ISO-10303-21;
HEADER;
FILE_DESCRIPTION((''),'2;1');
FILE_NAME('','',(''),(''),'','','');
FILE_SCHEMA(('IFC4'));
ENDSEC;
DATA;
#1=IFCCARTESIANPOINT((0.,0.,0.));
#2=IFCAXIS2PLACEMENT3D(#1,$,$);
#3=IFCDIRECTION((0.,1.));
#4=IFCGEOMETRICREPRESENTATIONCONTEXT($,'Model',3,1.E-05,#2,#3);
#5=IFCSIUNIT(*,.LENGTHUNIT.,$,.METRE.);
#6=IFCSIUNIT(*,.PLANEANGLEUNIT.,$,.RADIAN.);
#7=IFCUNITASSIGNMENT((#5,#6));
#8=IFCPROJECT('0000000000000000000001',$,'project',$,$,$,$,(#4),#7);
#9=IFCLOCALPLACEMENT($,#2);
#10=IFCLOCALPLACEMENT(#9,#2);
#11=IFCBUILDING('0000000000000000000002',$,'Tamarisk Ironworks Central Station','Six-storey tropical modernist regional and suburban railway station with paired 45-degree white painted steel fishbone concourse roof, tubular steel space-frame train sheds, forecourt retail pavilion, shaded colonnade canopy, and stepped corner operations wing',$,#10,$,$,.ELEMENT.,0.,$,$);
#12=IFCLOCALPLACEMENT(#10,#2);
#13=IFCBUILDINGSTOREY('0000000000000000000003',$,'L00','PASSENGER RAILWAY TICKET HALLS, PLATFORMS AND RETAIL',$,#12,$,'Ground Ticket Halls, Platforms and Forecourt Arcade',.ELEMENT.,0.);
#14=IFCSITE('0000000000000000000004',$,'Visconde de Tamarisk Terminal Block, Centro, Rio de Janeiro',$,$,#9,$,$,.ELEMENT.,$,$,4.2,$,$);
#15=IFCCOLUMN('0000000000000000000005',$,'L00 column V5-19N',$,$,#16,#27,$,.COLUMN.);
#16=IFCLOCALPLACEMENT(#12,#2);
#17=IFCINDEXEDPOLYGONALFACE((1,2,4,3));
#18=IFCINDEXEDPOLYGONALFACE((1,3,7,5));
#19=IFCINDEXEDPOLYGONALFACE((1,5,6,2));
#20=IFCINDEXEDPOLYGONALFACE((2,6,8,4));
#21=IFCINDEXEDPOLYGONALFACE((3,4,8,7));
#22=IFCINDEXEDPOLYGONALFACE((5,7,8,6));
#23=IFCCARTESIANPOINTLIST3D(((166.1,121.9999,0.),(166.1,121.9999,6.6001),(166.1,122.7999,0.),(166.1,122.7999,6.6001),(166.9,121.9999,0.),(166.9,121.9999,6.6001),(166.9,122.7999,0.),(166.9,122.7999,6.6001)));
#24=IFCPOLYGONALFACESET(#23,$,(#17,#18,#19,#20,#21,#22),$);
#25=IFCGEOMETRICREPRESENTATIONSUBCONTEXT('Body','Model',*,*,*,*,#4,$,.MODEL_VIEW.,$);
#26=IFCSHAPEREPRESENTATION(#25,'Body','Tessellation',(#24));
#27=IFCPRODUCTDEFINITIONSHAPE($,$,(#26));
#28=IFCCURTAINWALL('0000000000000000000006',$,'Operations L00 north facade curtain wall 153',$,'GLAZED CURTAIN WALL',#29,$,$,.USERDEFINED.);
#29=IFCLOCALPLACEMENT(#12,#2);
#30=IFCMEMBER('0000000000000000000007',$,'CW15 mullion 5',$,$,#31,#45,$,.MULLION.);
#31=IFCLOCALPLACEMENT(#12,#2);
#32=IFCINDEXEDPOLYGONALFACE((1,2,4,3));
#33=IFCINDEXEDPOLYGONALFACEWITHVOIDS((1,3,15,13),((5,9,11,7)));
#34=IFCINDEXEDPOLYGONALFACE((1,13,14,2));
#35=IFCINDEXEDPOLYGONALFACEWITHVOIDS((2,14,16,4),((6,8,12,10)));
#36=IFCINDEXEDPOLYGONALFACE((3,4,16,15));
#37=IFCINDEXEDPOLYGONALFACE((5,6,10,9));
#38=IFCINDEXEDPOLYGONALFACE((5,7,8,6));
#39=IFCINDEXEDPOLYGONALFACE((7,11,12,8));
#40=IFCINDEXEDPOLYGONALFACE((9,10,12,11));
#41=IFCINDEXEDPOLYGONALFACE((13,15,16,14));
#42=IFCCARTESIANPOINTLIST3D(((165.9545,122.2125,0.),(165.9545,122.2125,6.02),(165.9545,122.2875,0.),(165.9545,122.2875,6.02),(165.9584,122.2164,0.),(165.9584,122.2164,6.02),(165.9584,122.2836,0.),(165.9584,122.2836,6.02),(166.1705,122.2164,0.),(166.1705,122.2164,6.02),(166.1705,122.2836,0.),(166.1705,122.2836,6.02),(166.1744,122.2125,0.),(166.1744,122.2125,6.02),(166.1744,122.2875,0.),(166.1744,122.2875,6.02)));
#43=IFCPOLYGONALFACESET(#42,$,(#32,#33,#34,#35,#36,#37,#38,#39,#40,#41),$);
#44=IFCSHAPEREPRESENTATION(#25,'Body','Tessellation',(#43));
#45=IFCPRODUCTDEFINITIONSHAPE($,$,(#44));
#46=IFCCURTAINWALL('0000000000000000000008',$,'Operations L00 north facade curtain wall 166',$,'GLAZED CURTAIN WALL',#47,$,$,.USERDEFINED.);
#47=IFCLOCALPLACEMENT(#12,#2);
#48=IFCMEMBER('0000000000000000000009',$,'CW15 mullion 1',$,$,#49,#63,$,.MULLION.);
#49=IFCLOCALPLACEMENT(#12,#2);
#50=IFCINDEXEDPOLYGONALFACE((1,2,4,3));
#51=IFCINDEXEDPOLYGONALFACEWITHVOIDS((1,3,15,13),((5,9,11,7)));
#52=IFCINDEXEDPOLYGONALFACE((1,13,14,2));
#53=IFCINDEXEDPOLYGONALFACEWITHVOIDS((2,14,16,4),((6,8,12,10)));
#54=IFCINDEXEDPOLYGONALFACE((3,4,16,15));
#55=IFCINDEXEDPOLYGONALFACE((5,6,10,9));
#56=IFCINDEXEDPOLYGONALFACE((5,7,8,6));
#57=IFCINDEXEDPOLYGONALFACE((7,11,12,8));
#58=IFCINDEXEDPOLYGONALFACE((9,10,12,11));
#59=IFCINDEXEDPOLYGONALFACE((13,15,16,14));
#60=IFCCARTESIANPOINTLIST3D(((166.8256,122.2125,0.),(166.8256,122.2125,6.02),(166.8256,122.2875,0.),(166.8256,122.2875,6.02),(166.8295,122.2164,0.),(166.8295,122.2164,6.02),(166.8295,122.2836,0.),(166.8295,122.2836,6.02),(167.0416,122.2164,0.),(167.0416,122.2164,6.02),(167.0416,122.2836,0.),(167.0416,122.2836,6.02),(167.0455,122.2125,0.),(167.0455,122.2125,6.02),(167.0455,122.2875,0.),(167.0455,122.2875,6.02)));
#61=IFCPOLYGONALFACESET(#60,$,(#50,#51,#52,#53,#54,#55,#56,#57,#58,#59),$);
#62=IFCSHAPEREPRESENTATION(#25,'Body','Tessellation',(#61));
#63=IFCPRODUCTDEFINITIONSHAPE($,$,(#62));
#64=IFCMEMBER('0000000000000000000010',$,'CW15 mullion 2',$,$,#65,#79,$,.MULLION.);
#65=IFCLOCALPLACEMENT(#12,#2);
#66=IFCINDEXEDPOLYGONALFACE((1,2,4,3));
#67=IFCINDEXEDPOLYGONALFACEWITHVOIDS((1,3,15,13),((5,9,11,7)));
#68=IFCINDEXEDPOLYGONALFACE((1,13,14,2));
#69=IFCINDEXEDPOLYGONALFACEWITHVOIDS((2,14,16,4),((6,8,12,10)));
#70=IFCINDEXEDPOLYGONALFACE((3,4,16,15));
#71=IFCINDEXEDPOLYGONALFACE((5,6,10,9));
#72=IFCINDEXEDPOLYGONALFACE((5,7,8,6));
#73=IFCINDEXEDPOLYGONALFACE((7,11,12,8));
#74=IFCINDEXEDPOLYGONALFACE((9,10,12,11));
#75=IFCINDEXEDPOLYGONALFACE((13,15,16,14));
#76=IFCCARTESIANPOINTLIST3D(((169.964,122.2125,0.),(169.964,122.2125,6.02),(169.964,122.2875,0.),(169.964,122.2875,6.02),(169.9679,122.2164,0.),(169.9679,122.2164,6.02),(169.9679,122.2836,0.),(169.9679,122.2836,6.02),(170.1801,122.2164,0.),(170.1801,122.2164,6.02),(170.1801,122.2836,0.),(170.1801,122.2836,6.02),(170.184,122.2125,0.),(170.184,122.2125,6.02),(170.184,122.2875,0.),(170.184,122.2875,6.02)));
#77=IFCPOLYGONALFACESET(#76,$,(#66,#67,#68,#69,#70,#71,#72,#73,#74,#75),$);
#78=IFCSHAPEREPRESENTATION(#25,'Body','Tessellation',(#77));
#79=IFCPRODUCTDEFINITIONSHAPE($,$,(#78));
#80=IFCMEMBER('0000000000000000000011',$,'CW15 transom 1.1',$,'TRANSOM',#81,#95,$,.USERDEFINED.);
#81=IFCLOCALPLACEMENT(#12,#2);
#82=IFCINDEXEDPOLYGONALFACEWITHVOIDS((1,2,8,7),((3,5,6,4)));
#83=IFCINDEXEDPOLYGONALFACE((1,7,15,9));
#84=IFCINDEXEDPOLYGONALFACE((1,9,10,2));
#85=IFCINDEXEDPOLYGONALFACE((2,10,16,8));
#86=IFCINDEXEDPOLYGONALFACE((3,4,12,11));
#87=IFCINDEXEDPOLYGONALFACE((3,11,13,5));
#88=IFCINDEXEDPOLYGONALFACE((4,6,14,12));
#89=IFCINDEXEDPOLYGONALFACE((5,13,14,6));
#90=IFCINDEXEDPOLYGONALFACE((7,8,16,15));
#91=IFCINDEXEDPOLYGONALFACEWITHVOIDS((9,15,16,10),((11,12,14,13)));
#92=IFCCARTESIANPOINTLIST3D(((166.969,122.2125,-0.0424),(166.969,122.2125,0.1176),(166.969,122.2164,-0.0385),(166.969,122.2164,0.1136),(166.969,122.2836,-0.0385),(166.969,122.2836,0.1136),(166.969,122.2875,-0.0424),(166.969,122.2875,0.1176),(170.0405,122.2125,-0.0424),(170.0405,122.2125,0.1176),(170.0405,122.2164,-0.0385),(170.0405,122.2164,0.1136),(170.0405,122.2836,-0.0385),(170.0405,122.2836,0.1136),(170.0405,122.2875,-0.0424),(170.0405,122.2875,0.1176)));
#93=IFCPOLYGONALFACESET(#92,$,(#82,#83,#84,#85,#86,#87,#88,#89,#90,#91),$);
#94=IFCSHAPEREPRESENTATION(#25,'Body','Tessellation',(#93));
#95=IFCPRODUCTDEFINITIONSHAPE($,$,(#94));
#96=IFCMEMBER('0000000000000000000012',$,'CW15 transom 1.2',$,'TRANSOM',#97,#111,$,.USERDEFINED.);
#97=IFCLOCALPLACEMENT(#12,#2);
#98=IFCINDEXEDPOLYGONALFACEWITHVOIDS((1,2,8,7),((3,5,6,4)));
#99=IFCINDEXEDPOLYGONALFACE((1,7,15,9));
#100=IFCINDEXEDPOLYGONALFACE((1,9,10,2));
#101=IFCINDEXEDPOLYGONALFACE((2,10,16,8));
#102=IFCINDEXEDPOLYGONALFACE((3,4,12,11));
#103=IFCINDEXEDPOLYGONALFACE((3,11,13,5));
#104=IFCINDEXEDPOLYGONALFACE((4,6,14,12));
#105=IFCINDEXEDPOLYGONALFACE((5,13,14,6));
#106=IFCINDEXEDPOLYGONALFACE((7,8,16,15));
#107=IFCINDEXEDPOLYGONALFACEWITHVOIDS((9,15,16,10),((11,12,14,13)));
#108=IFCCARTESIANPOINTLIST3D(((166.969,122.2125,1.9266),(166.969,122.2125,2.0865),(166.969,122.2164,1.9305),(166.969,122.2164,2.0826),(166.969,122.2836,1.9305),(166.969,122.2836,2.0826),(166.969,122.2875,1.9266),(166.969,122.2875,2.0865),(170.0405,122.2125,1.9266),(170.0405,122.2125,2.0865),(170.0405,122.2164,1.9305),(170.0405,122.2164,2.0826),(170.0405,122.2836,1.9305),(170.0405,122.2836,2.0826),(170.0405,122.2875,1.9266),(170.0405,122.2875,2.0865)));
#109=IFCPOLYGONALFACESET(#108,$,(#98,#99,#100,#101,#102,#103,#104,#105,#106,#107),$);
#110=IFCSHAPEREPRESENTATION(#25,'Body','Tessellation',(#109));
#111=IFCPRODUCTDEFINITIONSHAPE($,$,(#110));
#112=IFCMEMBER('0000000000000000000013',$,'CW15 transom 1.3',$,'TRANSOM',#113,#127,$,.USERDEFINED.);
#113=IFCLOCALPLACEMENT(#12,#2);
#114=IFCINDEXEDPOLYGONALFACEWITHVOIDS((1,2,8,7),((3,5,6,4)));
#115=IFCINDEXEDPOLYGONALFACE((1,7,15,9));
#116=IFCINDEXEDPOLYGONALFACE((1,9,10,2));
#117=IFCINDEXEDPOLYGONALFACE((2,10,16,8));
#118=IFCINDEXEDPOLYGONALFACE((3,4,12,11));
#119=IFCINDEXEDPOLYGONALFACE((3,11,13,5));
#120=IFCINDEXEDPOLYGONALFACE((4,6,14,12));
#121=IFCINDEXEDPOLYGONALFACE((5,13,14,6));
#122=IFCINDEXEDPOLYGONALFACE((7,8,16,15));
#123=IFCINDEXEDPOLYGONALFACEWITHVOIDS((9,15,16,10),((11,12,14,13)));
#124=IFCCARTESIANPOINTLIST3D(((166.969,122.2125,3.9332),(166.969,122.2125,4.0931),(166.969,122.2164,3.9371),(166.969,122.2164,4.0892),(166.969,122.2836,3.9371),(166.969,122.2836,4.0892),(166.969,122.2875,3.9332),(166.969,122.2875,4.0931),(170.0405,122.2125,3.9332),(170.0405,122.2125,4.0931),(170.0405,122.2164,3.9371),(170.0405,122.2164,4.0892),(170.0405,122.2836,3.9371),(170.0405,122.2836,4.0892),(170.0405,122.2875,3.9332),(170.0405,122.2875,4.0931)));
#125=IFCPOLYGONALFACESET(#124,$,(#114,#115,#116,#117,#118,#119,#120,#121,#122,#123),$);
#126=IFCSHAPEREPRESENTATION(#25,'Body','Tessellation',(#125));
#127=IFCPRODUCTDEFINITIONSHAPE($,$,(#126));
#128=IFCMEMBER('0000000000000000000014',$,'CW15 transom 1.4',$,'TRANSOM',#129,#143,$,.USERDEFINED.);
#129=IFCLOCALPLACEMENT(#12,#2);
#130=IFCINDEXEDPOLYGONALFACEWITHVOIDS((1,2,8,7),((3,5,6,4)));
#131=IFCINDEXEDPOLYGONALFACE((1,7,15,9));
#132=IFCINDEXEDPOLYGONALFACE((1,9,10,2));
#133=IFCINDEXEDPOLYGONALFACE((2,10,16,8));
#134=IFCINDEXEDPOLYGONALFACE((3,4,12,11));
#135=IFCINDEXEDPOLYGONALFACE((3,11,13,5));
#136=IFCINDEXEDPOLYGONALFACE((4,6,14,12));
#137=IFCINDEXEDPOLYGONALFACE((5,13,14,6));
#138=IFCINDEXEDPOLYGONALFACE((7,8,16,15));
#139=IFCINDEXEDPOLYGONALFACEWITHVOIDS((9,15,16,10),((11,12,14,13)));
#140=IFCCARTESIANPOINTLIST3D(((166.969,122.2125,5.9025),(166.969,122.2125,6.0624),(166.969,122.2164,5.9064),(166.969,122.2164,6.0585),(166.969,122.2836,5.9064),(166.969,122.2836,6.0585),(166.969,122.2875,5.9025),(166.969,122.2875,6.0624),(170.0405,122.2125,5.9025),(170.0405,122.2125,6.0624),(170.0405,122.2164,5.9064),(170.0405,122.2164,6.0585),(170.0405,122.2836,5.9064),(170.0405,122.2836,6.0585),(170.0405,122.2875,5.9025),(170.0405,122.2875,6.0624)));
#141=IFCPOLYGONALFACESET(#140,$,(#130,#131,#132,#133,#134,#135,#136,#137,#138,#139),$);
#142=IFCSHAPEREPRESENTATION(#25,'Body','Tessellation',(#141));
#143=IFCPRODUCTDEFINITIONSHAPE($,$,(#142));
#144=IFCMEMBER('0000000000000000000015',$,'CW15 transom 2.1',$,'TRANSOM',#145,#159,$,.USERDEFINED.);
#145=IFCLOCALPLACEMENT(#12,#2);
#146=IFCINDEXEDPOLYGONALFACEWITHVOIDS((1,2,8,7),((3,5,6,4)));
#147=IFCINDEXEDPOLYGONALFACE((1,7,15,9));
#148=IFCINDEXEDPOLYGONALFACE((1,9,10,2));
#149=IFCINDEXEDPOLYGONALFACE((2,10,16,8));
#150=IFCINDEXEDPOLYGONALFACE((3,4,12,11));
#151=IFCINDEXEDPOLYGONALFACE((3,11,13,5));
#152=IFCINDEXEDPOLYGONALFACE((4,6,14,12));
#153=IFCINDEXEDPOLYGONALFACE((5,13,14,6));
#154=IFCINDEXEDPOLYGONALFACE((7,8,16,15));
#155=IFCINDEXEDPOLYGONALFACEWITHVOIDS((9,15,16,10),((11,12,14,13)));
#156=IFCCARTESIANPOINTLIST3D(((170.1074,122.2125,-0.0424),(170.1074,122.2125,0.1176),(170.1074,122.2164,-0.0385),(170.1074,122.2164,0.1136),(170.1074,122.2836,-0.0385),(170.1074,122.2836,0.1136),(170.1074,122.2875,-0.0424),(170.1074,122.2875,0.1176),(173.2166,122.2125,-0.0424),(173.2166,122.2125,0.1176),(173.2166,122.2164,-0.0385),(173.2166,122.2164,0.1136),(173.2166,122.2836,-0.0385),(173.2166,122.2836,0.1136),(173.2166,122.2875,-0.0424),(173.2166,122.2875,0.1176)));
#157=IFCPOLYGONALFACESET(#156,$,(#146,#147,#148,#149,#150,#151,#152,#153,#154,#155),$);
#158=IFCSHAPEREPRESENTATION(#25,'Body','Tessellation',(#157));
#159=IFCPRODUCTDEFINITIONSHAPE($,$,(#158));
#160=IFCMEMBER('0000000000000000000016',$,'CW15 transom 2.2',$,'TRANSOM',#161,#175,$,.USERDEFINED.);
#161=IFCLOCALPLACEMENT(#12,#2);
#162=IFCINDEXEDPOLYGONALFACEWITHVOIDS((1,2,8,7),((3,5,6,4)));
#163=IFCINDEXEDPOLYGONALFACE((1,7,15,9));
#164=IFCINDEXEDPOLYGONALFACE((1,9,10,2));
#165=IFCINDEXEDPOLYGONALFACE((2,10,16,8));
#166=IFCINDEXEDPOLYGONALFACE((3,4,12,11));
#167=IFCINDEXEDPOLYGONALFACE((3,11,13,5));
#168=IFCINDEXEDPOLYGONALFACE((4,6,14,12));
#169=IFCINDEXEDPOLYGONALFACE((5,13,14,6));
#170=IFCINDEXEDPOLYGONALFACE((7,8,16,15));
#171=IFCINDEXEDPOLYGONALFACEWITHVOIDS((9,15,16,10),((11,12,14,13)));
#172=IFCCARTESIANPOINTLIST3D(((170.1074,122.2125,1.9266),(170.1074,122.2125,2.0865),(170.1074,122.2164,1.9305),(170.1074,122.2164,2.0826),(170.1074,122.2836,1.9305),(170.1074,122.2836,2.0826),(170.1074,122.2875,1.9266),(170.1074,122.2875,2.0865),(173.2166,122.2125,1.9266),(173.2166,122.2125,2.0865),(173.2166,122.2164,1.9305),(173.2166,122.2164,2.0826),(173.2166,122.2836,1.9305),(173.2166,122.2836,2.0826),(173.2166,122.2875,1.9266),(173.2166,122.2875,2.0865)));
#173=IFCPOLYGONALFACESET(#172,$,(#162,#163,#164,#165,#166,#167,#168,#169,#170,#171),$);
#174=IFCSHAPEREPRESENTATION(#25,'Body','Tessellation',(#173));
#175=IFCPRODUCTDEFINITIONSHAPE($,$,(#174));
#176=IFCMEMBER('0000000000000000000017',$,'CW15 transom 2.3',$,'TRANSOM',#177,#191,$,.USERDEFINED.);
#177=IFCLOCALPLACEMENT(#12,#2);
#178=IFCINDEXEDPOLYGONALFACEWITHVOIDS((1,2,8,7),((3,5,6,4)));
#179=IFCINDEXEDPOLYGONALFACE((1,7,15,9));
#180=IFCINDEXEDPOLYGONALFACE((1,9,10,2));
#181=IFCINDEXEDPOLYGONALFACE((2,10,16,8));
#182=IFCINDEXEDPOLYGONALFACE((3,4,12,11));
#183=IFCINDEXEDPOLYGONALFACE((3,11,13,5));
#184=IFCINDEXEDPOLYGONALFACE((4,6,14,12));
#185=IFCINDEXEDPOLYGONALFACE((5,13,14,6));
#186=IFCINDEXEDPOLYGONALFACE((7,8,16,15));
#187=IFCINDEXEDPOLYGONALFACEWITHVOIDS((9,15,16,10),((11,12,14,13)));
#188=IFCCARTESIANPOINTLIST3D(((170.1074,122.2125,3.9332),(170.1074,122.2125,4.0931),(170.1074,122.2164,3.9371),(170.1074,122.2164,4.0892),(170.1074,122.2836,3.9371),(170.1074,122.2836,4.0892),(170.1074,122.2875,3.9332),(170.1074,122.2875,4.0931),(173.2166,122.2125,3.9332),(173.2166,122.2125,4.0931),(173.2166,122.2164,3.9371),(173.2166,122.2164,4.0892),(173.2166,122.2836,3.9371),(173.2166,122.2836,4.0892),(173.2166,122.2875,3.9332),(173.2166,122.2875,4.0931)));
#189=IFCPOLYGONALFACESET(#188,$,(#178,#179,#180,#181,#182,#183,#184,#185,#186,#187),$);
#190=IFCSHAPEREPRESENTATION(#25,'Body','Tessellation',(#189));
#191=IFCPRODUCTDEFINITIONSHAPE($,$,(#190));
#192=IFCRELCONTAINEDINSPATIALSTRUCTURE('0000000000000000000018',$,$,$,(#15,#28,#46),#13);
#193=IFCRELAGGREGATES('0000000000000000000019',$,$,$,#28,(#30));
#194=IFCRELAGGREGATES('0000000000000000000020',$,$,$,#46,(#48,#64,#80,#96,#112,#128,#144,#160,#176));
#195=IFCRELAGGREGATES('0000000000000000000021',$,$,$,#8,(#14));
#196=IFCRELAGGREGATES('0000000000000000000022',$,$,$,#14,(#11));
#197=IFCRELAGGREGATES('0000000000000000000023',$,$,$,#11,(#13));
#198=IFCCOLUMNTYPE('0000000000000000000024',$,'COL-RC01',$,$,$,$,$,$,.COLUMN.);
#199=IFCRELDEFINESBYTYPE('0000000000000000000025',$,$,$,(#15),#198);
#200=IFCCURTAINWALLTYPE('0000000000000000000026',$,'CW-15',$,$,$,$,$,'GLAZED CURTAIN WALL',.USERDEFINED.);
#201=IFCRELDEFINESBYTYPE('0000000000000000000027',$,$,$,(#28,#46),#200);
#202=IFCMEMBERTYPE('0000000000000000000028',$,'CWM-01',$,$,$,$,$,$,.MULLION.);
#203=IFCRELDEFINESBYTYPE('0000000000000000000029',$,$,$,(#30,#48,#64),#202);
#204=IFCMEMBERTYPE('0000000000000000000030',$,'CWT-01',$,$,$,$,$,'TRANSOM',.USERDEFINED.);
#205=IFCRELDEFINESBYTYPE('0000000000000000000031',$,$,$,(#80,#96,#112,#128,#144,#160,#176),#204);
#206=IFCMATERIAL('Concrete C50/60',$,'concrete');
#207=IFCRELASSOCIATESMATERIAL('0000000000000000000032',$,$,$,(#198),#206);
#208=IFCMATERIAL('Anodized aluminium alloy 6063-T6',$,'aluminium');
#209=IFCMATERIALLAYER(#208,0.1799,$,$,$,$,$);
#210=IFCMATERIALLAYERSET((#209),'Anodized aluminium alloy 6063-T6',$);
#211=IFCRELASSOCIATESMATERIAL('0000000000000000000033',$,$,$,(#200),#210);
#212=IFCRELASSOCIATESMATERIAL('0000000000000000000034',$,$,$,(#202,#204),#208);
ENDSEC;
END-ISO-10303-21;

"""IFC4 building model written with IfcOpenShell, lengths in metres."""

from ifc_helpers import new_model, si_unit, direction, frame, origin, origin_2d, place, context, subcontext, project, spatial, rectangle, hollow_rectangle, extrude, material, layer, layer_set, material_profile, profile_set, type_object, element, aggregate, save


model = new_model("IFC4")

# Units and contexts
model_context = context("Model", 3, precision=1e-05, world=origin(), true_north=direction((0.0, 1.0)))
body_context = subcontext(model_context, "Body", "Model", "MODEL_VIEW")
ifc_project = project(units=[si_unit("LENGTHUNIT", "METRE"), si_unit("PLANEANGLEUNIT", "RADIAN")], contexts=[model_context])

# Site, building, storey
site_placement = place(None, origin())
site = spatial("IfcSite", under=ifc_project, at=site_placement, Name="Visconde de Tamarisk Terminal Block, Centro, Rio de Janeiro", CompositionType="ELEMENT", RefElevation=4.2)
building_placement = place(site_placement, origin())
building = spatial("IfcBuilding", under=site, at=building_placement, Name="Tamarisk Ironworks Central Station", Description="Six-storey tropical modernist regional and suburban railway station with paired 45-degree white painted steel fishbone concourse roof, tubular steel space-frame train sheds, forecourt retail pavilion, shaded colonnade canopy, and stepped corner operations wing", CompositionType="ELEMENT", ElevationOfRefHeight=0.0)
storey_placement = place(building_placement, origin())
storey = spatial("IfcBuildingStorey", under=building, at=storey_placement, Name="L00", Description="PASSENGER RAILWAY TICKET HALLS, PLATFORMS AND RETAIL", LongName="Ground Ticket Halls, Platforms and Forecourt Arcade", CompositionType="ELEMENT", Elevation=0.0)

# Column
ifc_material_1 = material(Name="Concrete C50/60", Category="concrete")
ifc_material_profile_1 = material_profile(ifc_material_1, rectangle(XDim=0.8, YDim=0.8, at=origin_2d()), Name="RC 800x800")
ifc_profile_set_1 = profile_set([ifc_material_profile_1], Name="Concrete C50/60")
column_type = type_object("IfcColumnType", Name="COL-RC01", PredefinedType="COLUMN", material=ifc_profile_set_1)
column_placement = place(storey_placement, frame((166.5, 122.3999, 0.0), z_axis=(0.0, 0.0, 1.0), x_axis=(1.0, 0.0, 0.0)))
element("IfcColumn", 1, at=column_placement, inside=storey, type_object=column_type, Name="L00 column V5-19N", PredefinedType="COLUMN", context=body_context, shape_type="SweptSolid", body=[
    extrude(rectangle(XDim=0.8, YDim=0.8, at=origin_2d()), origin(), (0.0, 0.0, 1.0), 6.6001),
])

# Curtain wall, member
ifc_material_2 = material(Name="Anodized aluminium alloy 6063-T6", Category="aluminium")
ifc_layer_1 = layer(ifc_material_2, 0.1799)
ifc_layer_set_1 = layer_set([ifc_layer_1], Name="Anodized aluminium alloy 6063-T6")
curtain_wall_type = type_object("IfcCurtainWallType", Name="CW-15", ElementType="GLAZED CURTAIN WALL", PredefinedType="USERDEFINED", material=ifc_layer_set_1)
curtain_wall_1_placement = place(storey_placement, origin())
curtain_wall_1 = element("IfcCurtainWall", 2, at=curtain_wall_1_placement, inside=storey, type_object=curtain_wall_type, Name="Operations L00 north facade curtain wall 153", ObjectType="GLAZED CURTAIN WALL", PredefinedType="USERDEFINED")
ifc_material_profile_2 = material_profile(ifc_material_2, hollow_rectangle(XDim=0.075, YDim=0.22, WallThickness=0.0039, at=origin_2d()), Name="ALUM 220x75")
ifc_profile_set_2 = profile_set([ifc_material_profile_2], Name="Anodized aluminium alloy 6063-T6")
member_type_1 = type_object("IfcMemberType", Name="CWM-01", PredefinedType="MULLION", material=ifc_profile_set_2)
member_1_placement = place(storey_placement, frame((166.0645, 122.25, 0.0), z_axis=(0.0, 0.0, 1.0), x_axis=(0.0, 1.0, 0.0)))
member_1 = element("IfcMember", 3, at=member_1_placement, type_object=member_type_1, Name="CW15 mullion 5", PredefinedType="MULLION", context=body_context, shape_type="SweptSolid", body=[
    extrude(hollow_rectangle(XDim=0.075, YDim=0.22, WallThickness=0.0039, at=origin_2d()), origin(), (0.0, 0.0, 1.0), 6.02),
])

# Curtain wall, members
curtain_wall_2_placement = place(storey_placement, origin())
curtain_wall_2 = element("IfcCurtainWall", 4, at=curtain_wall_2_placement, inside=storey, type_object=curtain_wall_type, Name="Operations L00 north facade curtain wall 166", ObjectType="GLAZED CURTAIN WALL", PredefinedType="USERDEFINED")
member_2_placement = place(storey_placement, frame((166.9355, 122.25, 0.0), z_axis=(0.0, 0.0, 1.0), x_axis=(0.0, 1.0, 0.0)))
member_2 = element("IfcMember", 5, at=member_2_placement, type_object=member_type_1, Name="CW15 mullion 1", PredefinedType="MULLION", context=body_context, shape_type="SweptSolid", body=[
    extrude(hollow_rectangle(XDim=0.075, YDim=0.22, WallThickness=0.0039, at=origin_2d()), origin(), (0.0, 0.0, 1.0), 6.02),
])
member_3_placement = place(storey_placement, frame((170.074, 122.25, 0.0), z_axis=(0.0, 0.0, 1.0), x_axis=(0.0, 1.0, 0.0)))
member_3 = element("IfcMember", 6, at=member_3_placement, type_object=member_type_1, Name="CW15 mullion 2", PredefinedType="MULLION", context=body_context, shape_type="SweptSolid", body=[
    extrude(hollow_rectangle(XDim=0.075, YDim=0.22, WallThickness=0.0039, at=origin_2d()), origin(), (0.0, 0.0, 1.0), 6.02),
])
ifc_material_profile_3 = material_profile(ifc_material_2, hollow_rectangle(XDim=0.075, YDim=0.1599, WallThickness=0.0039, at=origin_2d()), Name="ALUM 160x75")
ifc_profile_set_3 = profile_set([ifc_material_profile_3], Name="Anodized aluminium alloy 6063-T6")
member_type_2 = type_object("IfcMemberType", Name="CWT-01", ElementType="TRANSOM", PredefinedType="USERDEFINED", material=ifc_profile_set_3)
member_4_placement = place(storey_placement, frame((166.969, 122.25, 0.0376), z_axis=(1.0, 0.0, 0.0), x_axis=(0.0, 1.0, 0.0)))
member_4 = element("IfcMember", 7, at=member_4_placement, type_object=member_type_2, Name="CW15 transom 1.1", ObjectType="TRANSOM", PredefinedType="USERDEFINED", context=body_context, shape_type="SweptSolid", body=[
    extrude(hollow_rectangle(XDim=0.075, YDim=0.1599, WallThickness=0.0039, at=origin_2d()), origin(), (0.0, 0.0, 1.0), 3.0715),
])
member_5_placement = place(storey_placement, frame((166.969, 122.25, 2.0066), z_axis=(1.0, 0.0, 0.0), x_axis=(0.0, 1.0, 0.0)))
member_5 = element("IfcMember", 8, at=member_5_placement, type_object=member_type_2, Name="CW15 transom 1.2", ObjectType="TRANSOM", PredefinedType="USERDEFINED", context=body_context, shape_type="SweptSolid", body=[
    extrude(hollow_rectangle(XDim=0.075, YDim=0.1599, WallThickness=0.0039, at=origin_2d()), origin(), (0.0, 0.0, 1.0), 3.0715),
])
member_6_placement = place(storey_placement, frame((166.969, 122.25, 4.0132), z_axis=(1.0, 0.0, 0.0), x_axis=(0.0, 1.0, 0.0)))
member_6 = element("IfcMember", 9, at=member_6_placement, type_object=member_type_2, Name="CW15 transom 1.3", ObjectType="TRANSOM", PredefinedType="USERDEFINED", context=body_context, shape_type="SweptSolid", body=[
    extrude(hollow_rectangle(XDim=0.075, YDim=0.1599, WallThickness=0.0039, at=origin_2d()), origin(), (0.0, 0.0, 1.0), 3.0715),
])
member_7_placement = place(storey_placement, frame((166.969, 122.25, 5.9824), z_axis=(1.0, 0.0, 0.0), x_axis=(0.0, 1.0, 0.0)))
member_7 = element("IfcMember", 10, at=member_7_placement, type_object=member_type_2, Name="CW15 transom 1.4", ObjectType="TRANSOM", PredefinedType="USERDEFINED", context=body_context, shape_type="SweptSolid", body=[
    extrude(hollow_rectangle(XDim=0.075, YDim=0.1599, WallThickness=0.0039, at=origin_2d()), origin(), (0.0, 0.0, 1.0), 3.0715),
])
member_8_placement = place(storey_placement, frame((170.1074, 122.25, 0.0376), z_axis=(1.0, 0.0, 0.0), x_axis=(0.0, 1.0, 0.0)))
member_8 = element("IfcMember", 11, at=member_8_placement, type_object=member_type_2, Name="CW15 transom 2.1", ObjectType="TRANSOM", PredefinedType="USERDEFINED", context=body_context, shape_type="SweptSolid", body=[
    extrude(hollow_rectangle(XDim=0.075, YDim=0.1599, WallThickness=0.0039, at=origin_2d()), origin(), (0.0, 0.0, 1.0), 3.1091),
])
member_9_placement = place(storey_placement, frame((170.1074, 122.25, 2.0066), z_axis=(1.0, 0.0, 0.0), x_axis=(0.0, 1.0, 0.0)))
member_9 = element("IfcMember", 12, at=member_9_placement, type_object=member_type_2, Name="CW15 transom 2.2", ObjectType="TRANSOM", PredefinedType="USERDEFINED", context=body_context, shape_type="SweptSolid", body=[
    extrude(hollow_rectangle(XDim=0.075, YDim=0.1599, WallThickness=0.0039, at=origin_2d()), origin(), (0.0, 0.0, 1.0), 3.1091),
])
member_10_placement = place(storey_placement, frame((170.1074, 122.25, 4.0132), z_axis=(1.0, 0.0, 0.0), x_axis=(0.0, 1.0, 0.0)))
member_10 = element("IfcMember", 13, at=member_10_placement, type_object=member_type_2, Name="CW15 transom 2.3", ObjectType="TRANSOM", PredefinedType="USERDEFINED", context=body_context, shape_type="SweptSolid", body=[
    extrude(hollow_rectangle(XDim=0.075, YDim=0.1599, WallThickness=0.0039, at=origin_2d()), origin(), (0.0, 0.0, 1.0), 3.1091),
])

aggregate(curtain_wall_1, [member_1])
aggregate(curtain_wall_2, [member_2, member_3, member_4, member_5, member_6, member_7, member_8, member_9, member_10])

save(model, "model.ifc")
